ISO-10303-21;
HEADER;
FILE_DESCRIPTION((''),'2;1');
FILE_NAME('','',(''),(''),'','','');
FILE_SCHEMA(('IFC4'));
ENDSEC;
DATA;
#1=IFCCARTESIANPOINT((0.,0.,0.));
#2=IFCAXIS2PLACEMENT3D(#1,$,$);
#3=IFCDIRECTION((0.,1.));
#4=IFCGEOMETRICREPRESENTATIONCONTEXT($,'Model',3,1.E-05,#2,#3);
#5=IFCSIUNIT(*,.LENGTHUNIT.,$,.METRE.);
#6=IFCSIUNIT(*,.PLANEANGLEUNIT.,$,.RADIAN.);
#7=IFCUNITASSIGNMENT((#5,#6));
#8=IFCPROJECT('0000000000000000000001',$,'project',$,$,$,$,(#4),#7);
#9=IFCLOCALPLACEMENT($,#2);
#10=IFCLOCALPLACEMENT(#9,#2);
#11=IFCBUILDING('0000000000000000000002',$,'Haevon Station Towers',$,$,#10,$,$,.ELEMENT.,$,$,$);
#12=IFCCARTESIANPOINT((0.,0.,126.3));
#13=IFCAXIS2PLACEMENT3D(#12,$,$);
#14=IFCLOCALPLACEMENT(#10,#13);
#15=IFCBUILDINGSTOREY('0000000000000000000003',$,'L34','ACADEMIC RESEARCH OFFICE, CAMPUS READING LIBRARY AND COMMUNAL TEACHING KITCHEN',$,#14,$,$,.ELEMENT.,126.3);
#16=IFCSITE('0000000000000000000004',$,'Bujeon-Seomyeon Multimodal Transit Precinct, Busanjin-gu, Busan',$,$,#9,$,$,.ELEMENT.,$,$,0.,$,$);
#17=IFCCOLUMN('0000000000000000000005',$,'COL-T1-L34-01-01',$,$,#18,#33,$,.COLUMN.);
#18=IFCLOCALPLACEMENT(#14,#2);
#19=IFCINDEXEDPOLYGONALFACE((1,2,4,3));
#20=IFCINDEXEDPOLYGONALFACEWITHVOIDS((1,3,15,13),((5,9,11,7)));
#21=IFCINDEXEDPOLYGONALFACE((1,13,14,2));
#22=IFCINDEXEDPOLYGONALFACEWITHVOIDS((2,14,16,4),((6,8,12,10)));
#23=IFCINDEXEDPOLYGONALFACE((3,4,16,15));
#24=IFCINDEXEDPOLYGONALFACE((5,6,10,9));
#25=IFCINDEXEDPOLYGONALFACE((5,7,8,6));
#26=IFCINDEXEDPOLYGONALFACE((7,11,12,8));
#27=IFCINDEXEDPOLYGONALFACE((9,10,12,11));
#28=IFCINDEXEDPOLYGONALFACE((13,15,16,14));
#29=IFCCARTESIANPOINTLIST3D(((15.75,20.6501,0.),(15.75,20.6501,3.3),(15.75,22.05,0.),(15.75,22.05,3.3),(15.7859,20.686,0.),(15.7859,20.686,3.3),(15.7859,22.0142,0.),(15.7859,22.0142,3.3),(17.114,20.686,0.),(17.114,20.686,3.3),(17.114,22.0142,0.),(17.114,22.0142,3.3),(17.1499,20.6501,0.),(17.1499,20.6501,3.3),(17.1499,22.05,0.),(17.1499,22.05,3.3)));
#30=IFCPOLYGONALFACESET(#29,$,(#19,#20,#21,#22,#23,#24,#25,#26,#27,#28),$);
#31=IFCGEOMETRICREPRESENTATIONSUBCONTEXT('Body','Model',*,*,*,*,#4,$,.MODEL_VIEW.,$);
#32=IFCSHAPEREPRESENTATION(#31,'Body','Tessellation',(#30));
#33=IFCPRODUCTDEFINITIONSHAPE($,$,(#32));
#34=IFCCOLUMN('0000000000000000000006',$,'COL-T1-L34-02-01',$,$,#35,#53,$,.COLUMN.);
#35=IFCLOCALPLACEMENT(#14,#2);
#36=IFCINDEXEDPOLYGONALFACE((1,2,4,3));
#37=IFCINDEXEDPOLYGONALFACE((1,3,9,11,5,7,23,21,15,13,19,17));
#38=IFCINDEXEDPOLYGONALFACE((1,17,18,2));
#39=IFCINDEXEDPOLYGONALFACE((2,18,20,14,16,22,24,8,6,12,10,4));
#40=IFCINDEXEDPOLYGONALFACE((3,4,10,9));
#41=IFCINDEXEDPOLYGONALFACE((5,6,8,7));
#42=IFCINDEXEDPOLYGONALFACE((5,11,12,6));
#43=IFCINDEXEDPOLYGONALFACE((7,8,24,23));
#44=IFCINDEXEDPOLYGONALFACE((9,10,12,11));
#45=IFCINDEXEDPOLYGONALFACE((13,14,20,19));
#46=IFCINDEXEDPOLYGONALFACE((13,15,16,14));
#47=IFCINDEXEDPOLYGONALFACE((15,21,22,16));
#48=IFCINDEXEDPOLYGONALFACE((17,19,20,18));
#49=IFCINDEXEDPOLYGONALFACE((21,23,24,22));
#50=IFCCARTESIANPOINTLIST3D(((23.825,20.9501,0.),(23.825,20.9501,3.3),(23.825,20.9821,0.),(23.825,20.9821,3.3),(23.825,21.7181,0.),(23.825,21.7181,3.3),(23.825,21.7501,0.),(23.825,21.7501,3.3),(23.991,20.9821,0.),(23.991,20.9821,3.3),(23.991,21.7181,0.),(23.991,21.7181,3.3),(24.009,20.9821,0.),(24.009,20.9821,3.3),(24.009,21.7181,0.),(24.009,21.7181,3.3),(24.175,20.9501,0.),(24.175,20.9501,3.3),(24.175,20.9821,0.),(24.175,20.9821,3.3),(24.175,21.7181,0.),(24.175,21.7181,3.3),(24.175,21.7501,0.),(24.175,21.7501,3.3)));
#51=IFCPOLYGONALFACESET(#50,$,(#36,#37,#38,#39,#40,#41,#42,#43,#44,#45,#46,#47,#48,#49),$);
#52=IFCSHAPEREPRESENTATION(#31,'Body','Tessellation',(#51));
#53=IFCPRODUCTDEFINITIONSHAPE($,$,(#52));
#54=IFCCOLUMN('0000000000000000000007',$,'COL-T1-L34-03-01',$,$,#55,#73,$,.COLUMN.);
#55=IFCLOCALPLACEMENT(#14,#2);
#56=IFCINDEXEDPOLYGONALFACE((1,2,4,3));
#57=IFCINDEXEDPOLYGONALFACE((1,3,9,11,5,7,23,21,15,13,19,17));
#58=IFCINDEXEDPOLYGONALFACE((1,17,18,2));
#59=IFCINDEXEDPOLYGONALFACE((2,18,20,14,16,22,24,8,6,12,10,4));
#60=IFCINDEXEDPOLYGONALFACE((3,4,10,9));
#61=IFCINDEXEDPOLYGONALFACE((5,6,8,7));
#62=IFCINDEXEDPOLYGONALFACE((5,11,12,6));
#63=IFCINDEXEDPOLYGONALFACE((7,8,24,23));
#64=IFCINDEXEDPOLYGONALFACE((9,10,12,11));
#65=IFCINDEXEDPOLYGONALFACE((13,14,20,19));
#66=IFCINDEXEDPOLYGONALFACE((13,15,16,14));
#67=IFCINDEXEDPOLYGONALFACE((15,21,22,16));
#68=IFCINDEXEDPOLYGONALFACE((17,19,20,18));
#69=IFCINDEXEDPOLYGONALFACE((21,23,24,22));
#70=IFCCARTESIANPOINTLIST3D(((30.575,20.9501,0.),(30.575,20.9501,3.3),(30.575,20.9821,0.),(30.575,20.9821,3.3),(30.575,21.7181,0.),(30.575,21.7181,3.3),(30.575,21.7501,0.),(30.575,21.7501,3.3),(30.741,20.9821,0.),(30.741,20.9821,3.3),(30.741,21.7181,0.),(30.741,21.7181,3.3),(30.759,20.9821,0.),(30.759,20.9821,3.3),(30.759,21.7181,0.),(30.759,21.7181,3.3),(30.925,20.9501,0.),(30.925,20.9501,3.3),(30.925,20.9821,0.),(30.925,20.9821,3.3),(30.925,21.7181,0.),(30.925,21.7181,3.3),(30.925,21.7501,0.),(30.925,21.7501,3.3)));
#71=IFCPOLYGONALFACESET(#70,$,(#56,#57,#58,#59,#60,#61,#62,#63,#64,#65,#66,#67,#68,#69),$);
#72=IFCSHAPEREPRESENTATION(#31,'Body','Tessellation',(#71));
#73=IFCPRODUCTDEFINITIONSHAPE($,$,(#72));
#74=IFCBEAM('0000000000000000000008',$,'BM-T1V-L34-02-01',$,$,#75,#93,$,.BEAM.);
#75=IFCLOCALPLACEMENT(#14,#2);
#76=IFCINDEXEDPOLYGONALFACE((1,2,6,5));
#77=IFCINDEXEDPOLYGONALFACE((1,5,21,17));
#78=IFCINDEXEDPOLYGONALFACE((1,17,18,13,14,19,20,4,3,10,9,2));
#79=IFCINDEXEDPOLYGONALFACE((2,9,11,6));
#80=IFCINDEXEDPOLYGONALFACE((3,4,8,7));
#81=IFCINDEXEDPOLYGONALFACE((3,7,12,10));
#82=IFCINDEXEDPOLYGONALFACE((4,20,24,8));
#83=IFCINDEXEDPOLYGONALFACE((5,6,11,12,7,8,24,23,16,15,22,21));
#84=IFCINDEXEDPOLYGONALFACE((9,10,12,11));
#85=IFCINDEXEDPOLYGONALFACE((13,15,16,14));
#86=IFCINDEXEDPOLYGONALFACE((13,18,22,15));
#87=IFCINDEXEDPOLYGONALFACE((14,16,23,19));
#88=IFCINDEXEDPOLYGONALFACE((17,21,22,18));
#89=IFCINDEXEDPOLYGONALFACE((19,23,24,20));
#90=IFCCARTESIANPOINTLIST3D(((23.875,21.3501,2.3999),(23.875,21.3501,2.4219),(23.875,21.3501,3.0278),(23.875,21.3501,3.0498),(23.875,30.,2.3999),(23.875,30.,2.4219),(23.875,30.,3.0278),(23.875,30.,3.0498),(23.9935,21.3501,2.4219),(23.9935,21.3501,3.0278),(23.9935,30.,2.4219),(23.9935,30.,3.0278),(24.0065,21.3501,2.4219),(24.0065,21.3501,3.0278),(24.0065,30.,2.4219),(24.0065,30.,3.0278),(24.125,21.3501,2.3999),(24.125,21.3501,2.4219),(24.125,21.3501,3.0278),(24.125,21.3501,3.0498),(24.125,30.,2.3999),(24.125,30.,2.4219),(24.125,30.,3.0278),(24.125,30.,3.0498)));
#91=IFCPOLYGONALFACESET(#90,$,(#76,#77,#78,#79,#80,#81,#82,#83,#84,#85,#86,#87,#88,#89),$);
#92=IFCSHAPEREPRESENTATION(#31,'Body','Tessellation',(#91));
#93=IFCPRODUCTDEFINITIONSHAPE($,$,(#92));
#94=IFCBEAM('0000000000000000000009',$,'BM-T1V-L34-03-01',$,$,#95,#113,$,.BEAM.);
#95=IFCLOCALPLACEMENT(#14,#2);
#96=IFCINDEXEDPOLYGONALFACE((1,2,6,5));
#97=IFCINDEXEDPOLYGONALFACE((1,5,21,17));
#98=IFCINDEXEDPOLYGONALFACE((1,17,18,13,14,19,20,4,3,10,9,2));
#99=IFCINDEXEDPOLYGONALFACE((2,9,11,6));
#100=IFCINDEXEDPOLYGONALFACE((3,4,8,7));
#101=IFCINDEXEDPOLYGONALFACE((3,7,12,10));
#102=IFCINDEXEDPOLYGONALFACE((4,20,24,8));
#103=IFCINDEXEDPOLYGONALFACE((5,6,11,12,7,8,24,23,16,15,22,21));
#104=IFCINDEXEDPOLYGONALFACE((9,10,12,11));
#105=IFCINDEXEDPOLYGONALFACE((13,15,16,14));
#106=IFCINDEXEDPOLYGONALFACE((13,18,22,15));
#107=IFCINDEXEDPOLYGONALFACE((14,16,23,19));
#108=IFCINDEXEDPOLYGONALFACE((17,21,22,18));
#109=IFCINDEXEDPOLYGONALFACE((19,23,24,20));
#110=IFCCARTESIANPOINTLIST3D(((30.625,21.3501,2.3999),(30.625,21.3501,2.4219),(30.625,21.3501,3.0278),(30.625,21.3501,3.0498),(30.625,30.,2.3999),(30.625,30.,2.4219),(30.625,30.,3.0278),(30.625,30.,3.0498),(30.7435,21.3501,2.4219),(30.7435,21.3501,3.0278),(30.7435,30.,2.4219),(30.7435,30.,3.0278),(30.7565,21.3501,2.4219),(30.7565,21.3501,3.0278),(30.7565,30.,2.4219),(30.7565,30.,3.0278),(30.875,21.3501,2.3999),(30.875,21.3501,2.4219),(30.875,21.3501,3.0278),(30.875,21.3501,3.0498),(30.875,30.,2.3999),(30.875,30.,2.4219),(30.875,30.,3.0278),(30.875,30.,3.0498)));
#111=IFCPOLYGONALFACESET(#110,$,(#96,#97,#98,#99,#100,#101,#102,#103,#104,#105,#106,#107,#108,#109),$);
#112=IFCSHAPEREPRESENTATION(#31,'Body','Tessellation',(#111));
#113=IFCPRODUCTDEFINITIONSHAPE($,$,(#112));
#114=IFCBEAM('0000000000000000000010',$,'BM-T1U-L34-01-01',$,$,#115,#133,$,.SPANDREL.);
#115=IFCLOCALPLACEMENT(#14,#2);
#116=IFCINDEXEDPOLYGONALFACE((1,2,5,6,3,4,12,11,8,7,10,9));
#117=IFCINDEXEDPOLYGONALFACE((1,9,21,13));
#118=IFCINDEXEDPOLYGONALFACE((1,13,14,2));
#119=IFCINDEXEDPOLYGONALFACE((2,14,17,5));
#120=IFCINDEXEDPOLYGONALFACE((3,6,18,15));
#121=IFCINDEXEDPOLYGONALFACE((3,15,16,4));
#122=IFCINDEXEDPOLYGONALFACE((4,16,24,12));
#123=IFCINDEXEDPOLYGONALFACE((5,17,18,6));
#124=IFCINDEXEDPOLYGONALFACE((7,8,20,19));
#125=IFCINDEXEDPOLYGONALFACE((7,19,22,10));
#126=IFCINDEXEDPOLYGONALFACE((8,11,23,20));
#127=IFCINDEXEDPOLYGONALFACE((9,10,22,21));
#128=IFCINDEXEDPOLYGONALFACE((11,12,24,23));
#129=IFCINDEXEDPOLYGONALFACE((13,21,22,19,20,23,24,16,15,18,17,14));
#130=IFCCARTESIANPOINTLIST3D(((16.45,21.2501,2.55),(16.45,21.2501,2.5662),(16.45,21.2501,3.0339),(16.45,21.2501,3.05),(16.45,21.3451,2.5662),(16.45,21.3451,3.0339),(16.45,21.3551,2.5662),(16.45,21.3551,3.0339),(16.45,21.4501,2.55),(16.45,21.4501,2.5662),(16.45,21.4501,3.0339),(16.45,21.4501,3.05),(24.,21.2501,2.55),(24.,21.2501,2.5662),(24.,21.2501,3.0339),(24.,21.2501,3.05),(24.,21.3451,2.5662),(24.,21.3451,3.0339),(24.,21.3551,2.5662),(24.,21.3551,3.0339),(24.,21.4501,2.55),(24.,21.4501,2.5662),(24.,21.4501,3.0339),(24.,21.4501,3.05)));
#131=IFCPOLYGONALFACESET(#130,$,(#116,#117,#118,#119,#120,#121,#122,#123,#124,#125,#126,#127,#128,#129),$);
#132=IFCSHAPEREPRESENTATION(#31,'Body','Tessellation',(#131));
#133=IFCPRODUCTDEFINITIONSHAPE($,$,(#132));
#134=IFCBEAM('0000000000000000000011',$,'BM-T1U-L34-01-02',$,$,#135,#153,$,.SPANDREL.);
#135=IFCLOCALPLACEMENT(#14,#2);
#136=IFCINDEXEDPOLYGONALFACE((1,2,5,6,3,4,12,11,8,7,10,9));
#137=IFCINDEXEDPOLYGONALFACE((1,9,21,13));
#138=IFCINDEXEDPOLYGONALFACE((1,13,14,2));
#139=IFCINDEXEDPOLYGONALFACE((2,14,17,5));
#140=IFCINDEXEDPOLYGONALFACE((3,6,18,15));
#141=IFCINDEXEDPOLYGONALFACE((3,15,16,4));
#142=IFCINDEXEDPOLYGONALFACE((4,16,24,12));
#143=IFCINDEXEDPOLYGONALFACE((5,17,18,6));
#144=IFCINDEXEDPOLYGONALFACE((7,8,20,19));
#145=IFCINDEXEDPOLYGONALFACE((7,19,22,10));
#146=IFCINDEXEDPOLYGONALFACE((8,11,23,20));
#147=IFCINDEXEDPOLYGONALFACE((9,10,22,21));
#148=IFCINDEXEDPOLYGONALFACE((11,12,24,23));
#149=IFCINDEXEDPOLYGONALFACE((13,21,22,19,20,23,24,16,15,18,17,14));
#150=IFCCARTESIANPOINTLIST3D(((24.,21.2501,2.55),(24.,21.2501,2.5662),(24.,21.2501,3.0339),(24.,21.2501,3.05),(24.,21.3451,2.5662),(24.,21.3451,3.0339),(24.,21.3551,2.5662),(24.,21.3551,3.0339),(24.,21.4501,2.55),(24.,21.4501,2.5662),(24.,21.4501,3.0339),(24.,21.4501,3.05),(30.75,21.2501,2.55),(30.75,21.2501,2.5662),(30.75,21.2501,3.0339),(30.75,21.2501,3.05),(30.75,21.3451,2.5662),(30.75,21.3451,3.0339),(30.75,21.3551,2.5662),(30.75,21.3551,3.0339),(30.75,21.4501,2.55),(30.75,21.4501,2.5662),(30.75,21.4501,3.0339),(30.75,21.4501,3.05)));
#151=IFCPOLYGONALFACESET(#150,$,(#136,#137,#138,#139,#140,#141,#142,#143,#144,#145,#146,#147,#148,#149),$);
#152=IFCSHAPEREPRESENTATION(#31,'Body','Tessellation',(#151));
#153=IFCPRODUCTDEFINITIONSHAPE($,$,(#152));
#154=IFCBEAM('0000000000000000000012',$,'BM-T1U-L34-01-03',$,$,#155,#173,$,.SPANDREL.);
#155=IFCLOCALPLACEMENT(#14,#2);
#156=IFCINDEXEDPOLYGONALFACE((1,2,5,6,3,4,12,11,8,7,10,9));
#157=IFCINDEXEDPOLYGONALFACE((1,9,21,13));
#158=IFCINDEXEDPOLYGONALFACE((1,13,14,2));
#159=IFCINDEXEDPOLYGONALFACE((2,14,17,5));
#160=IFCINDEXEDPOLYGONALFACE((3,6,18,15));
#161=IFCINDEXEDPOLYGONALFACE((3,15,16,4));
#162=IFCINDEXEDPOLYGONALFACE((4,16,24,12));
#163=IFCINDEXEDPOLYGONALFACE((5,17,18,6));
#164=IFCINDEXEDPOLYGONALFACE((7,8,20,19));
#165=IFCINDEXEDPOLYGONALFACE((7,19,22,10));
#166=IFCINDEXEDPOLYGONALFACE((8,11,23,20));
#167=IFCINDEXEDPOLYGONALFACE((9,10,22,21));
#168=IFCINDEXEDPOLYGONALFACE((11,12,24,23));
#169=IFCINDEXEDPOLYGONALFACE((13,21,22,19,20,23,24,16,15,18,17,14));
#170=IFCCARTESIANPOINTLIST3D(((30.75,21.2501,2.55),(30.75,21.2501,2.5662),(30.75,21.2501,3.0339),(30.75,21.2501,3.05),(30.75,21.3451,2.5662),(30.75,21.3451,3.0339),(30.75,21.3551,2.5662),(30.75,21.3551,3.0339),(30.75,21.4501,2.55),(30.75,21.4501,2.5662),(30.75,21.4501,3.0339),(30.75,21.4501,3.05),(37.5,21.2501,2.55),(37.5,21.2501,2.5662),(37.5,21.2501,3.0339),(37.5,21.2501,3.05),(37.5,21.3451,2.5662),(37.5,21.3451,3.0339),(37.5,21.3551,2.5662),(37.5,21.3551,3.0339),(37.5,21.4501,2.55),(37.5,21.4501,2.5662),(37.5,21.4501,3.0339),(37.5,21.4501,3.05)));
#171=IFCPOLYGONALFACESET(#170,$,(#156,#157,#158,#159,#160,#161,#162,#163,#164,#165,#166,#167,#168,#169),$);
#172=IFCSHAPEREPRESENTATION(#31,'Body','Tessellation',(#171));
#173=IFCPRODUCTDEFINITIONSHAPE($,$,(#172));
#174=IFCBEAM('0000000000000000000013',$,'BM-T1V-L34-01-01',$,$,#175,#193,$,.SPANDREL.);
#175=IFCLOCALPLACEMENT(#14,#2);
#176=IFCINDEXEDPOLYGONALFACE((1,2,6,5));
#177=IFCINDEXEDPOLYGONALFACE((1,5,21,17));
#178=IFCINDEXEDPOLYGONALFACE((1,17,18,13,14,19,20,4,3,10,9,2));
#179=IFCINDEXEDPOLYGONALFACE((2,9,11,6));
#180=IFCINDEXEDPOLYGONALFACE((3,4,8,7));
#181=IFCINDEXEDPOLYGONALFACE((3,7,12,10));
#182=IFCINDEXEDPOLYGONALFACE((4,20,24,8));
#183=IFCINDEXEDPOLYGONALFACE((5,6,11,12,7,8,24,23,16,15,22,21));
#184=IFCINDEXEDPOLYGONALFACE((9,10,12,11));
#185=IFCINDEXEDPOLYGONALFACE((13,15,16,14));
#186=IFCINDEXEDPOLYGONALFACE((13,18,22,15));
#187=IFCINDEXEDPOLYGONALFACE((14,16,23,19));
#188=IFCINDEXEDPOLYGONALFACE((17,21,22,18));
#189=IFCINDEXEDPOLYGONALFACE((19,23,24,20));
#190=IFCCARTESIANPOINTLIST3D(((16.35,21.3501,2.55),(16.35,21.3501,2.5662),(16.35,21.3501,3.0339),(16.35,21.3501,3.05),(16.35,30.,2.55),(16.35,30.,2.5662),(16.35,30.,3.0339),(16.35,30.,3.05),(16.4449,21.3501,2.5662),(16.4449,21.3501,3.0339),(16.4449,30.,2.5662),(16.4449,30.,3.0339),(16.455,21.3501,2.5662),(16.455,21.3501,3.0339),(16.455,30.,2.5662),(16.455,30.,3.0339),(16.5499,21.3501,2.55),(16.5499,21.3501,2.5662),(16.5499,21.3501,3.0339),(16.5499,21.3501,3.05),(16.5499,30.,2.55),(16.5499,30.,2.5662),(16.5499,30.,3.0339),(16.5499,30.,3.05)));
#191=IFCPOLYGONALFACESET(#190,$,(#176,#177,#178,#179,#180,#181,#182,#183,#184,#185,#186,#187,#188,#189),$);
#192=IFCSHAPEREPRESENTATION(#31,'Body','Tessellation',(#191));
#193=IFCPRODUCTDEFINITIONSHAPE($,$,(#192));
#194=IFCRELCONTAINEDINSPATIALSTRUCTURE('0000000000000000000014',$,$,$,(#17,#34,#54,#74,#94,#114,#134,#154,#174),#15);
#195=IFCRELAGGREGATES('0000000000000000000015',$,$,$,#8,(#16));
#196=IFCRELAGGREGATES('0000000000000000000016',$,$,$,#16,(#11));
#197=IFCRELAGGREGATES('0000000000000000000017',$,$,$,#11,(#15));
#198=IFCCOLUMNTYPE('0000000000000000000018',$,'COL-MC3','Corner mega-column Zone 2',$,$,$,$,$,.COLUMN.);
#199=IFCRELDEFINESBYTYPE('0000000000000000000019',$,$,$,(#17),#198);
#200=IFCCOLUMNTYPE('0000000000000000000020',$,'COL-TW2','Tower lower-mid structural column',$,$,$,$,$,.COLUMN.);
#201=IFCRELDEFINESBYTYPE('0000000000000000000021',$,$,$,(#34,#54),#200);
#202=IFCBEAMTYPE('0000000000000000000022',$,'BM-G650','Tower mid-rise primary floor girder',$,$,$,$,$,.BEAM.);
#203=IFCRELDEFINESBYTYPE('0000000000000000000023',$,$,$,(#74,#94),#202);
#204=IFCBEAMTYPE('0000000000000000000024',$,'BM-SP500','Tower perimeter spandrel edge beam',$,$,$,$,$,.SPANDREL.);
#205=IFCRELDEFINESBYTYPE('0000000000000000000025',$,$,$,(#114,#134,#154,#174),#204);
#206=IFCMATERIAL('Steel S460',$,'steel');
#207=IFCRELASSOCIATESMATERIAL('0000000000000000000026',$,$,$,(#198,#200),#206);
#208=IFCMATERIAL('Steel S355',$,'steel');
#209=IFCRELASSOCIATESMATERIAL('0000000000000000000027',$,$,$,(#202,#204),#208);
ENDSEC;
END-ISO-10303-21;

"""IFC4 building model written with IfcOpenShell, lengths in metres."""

from ifc_helpers import new_model, si_unit, direction, frame, origin, origin_2d, place, context, subcontext, project, spatial, hollow_rectangle, i_section, extrude, material, material_profile, profile_set, type_object, element, save


model = new_model("IFC4")

# Units and contexts
model_context = context("Model", 3, precision=1e-05, world=origin(), true_north=direction((0.0, 1.0)))
body_context = subcontext(model_context, "Body", "Model", "MODEL_VIEW")
ifc_project = project(units=[si_unit("LENGTHUNIT", "METRE"), si_unit("PLANEANGLEUNIT", "RADIAN")], contexts=[model_context])

# Site, building, storey
site_placement = place(None, origin())
site = spatial("IfcSite", under=ifc_project, at=site_placement, Name="Bujeon-Seomyeon Multimodal Transit Precinct, Busanjin-gu, Busan", CompositionType="ELEMENT", RefElevation=0.0)
building_placement = place(site_placement, origin())
building = spatial("IfcBuilding", under=site, at=building_placement, Name="Haevon Station Towers", CompositionType="ELEMENT")
storey_placement = place(building_placement, frame((0.0, 0.0, 126.3)))
storey = spatial("IfcBuildingStorey", under=building, at=storey_placement, Name="L34", Description="ACADEMIC RESEARCH OFFICE, CAMPUS READING LIBRARY AND COMMUNAL TEACHING KITCHEN", CompositionType="ELEMENT", Elevation=126.3)

# Columns
ifc_material_1 = material(Name="Steel S460", Category="steel")
ifc_material_profile_1 = material_profile(ifc_material_1, hollow_rectangle(XDim=1.3999, YDim=1.3999, WallThickness=0.0359, at=origin_2d()), Name="BOX-1400x1400x36")
ifc_profile_set_1 = profile_set([ifc_material_profile_1], Name="Steel S460")
column_type_1 = type_object("IfcColumnType", Name="COL-MC3", Description="Corner mega-column Zone 2", PredefinedType="COLUMN", material=ifc_profile_set_1)
column_placement = place(storey_placement, frame((16.45, 21.3501, 0.0), z_axis=(0.0, 0.0, 1.0), x_axis=(1.0, 0.0, 0.0)))
element("IfcColumn", 1, at=column_placement, inside=storey, type_object=column_type_1, Name="COL-T1-L34-01-01", PredefinedType="COLUMN", context=body_context, shape_type="SweptSolid", body=[
    extrude(hollow_rectangle(XDim=1.3999, YDim=1.3999, WallThickness=0.0359, at=origin_2d()), origin(), (0.0, 0.0, 1.0), 3.3),
])
ifc_material_profile_2 = material_profile(ifc_material_1, i_section(OverallWidth=0.3501, OverallDepth=0.8, WebThickness=0.0181, FlangeThickness=0.032, at=origin_2d()), Name="H-800x350x18x32")
ifc_profile_set_2 = profile_set([ifc_material_profile_2], Name="Steel S460")
column_type_2 = type_object("IfcColumnType", Name="COL-TW2", Description="Tower lower-mid structural column", PredefinedType="COLUMN", material=ifc_profile_set_2)
for number, where, z_axis, x_axis, name in (
    (2, (24.0, 21.3501, 0.0), (0.0, 0.0, 1.0), (1.0, 0.0, 0.0), "COL-T1-L34-02-01"),
    (3, (30.75, 21.3501, 0.0), (0.0, 0.0, 1.0), (1.0, 0.0, 0.0), "COL-T1-L34-03-01"),
):
    element("IfcColumn", number, at=place(storey_placement, frame(where, z_axis=z_axis, x_axis=x_axis)), inside=storey, type_object=column_type_2, Name=name, PredefinedType="COLUMN", context=body_context, shape_type="SweptSolid", body=[
        extrude(i_section(OverallWidth=0.3501, OverallDepth=0.8, WebThickness=0.0181, FlangeThickness=0.032, at=origin_2d()), origin(), (0.0, 0.0, 1.0), 3.3),
    ])

# Beams
ifc_material_2 = material(Name="Steel S355", Category="steel")
ifc_material_profile_3 = material_profile(ifc_material_2, i_section(OverallWidth=0.25, OverallDepth=0.6499, WebThickness=0.0129, FlangeThickness=0.022, at=origin_2d()), Name="H-650x250x13x22")
ifc_profile_set_3 = profile_set([ifc_material_profile_3], Name="Steel S355")
beam_type_1 = type_object("IfcBeamType", Name="BM-G650", Description="Tower mid-rise primary floor girder", PredefinedType="BEAM", material=ifc_profile_set_3)
for number, where, z_axis, x_axis, name in (
    (4, (24.0, 21.3501, 2.7249), (0.0, 1.0, 0.0), (-1.0, 0.0, 0.0), "BM-T1V-L34-02-01"),
    (5, (30.75, 21.3501, 2.7249), (0.0, 1.0, 0.0), (-1.0, 0.0, 0.0), "BM-T1V-L34-03-01"),
):
    element("IfcBeam", number, at=place(storey_placement, frame(where, z_axis=z_axis, x_axis=x_axis)), inside=storey, type_object=beam_type_1, Name=name, PredefinedType="BEAM", context=body_context, shape_type="SweptSolid", body=[
        extrude(i_section(OverallWidth=0.25, OverallDepth=0.6499, WebThickness=0.0129, FlangeThickness=0.022, at=origin_2d()), origin(), (0.0, 0.0, 1.0), 8.6499),
    ])
ifc_material_profile_4 = material_profile(ifc_material_2, i_section(OverallWidth=0.2, OverallDepth=0.5, WebThickness=0.01, FlangeThickness=0.0161, at=origin_2d()), Name="H-500x200x10x16")
ifc_profile_set_4 = profile_set([ifc_material_profile_4], Name="Steel S355")
beam_type_2 = type_object("IfcBeamType", Name="BM-SP500", Description="Tower perimeter spandrel edge beam", PredefinedType="SPANDREL", material=ifc_profile_set_4)
beam_1_placement = place(storey_placement, frame((16.45, 21.3501, 2.8), z_axis=(1.0, 0.0, 0.0), x_axis=(0.0, 1.0, 0.0)))
element("IfcBeam", 6, at=beam_1_placement, inside=storey, type_object=beam_type_2, Name="BM-T1U-L34-01-01", PredefinedType="SPANDREL", context=body_context, shape_type="SweptSolid", body=[
    extrude(i_section(OverallWidth=0.2, OverallDepth=0.5, WebThickness=0.01, FlangeThickness=0.0161, at=origin_2d()), origin(), (0.0, 0.0, 1.0), 7.55),
])
for number, where, z_axis, x_axis, name in (
    (7, (24.0, 21.3501, 2.8), (1.0, 0.0, 0.0), (0.0, 1.0, 0.0), "BM-T1U-L34-01-02"),
    (8, (30.75, 21.3501, 2.8), (1.0, 0.0, 0.0), (0.0, 1.0, 0.0), "BM-T1U-L34-01-03"),
):
    element("IfcBeam", number, at=place(storey_placement, frame(where, z_axis=z_axis, x_axis=x_axis)), inside=storey, type_object=beam_type_2, Name=name, PredefinedType="SPANDREL", context=body_context, shape_type="SweptSolid", body=[
        extrude(i_section(OverallWidth=0.2, OverallDepth=0.5, WebThickness=0.01, FlangeThickness=0.0161, at=origin_2d()), origin(), (0.0, 0.0, 1.0), 6.75),
    ])
beam_2_placement = place(storey_placement, frame((16.45, 21.3501, 2.8), z_axis=(0.0, 1.0, 0.0), x_axis=(-1.0, 0.0, 0.0)))
element("IfcBeam", 9, at=beam_2_placement, inside=storey, type_object=beam_type_2, Name="BM-T1V-L34-01-01", PredefinedType="SPANDREL", context=body_context, shape_type="SweptSolid", body=[
    extrude(i_section(OverallWidth=0.2, OverallDepth=0.5, WebThickness=0.01, FlangeThickness=0.0161, at=origin_2d()), origin(), (0.0, 0.0, 1.0), 8.6499),
])

save(model, "model.ifc")
